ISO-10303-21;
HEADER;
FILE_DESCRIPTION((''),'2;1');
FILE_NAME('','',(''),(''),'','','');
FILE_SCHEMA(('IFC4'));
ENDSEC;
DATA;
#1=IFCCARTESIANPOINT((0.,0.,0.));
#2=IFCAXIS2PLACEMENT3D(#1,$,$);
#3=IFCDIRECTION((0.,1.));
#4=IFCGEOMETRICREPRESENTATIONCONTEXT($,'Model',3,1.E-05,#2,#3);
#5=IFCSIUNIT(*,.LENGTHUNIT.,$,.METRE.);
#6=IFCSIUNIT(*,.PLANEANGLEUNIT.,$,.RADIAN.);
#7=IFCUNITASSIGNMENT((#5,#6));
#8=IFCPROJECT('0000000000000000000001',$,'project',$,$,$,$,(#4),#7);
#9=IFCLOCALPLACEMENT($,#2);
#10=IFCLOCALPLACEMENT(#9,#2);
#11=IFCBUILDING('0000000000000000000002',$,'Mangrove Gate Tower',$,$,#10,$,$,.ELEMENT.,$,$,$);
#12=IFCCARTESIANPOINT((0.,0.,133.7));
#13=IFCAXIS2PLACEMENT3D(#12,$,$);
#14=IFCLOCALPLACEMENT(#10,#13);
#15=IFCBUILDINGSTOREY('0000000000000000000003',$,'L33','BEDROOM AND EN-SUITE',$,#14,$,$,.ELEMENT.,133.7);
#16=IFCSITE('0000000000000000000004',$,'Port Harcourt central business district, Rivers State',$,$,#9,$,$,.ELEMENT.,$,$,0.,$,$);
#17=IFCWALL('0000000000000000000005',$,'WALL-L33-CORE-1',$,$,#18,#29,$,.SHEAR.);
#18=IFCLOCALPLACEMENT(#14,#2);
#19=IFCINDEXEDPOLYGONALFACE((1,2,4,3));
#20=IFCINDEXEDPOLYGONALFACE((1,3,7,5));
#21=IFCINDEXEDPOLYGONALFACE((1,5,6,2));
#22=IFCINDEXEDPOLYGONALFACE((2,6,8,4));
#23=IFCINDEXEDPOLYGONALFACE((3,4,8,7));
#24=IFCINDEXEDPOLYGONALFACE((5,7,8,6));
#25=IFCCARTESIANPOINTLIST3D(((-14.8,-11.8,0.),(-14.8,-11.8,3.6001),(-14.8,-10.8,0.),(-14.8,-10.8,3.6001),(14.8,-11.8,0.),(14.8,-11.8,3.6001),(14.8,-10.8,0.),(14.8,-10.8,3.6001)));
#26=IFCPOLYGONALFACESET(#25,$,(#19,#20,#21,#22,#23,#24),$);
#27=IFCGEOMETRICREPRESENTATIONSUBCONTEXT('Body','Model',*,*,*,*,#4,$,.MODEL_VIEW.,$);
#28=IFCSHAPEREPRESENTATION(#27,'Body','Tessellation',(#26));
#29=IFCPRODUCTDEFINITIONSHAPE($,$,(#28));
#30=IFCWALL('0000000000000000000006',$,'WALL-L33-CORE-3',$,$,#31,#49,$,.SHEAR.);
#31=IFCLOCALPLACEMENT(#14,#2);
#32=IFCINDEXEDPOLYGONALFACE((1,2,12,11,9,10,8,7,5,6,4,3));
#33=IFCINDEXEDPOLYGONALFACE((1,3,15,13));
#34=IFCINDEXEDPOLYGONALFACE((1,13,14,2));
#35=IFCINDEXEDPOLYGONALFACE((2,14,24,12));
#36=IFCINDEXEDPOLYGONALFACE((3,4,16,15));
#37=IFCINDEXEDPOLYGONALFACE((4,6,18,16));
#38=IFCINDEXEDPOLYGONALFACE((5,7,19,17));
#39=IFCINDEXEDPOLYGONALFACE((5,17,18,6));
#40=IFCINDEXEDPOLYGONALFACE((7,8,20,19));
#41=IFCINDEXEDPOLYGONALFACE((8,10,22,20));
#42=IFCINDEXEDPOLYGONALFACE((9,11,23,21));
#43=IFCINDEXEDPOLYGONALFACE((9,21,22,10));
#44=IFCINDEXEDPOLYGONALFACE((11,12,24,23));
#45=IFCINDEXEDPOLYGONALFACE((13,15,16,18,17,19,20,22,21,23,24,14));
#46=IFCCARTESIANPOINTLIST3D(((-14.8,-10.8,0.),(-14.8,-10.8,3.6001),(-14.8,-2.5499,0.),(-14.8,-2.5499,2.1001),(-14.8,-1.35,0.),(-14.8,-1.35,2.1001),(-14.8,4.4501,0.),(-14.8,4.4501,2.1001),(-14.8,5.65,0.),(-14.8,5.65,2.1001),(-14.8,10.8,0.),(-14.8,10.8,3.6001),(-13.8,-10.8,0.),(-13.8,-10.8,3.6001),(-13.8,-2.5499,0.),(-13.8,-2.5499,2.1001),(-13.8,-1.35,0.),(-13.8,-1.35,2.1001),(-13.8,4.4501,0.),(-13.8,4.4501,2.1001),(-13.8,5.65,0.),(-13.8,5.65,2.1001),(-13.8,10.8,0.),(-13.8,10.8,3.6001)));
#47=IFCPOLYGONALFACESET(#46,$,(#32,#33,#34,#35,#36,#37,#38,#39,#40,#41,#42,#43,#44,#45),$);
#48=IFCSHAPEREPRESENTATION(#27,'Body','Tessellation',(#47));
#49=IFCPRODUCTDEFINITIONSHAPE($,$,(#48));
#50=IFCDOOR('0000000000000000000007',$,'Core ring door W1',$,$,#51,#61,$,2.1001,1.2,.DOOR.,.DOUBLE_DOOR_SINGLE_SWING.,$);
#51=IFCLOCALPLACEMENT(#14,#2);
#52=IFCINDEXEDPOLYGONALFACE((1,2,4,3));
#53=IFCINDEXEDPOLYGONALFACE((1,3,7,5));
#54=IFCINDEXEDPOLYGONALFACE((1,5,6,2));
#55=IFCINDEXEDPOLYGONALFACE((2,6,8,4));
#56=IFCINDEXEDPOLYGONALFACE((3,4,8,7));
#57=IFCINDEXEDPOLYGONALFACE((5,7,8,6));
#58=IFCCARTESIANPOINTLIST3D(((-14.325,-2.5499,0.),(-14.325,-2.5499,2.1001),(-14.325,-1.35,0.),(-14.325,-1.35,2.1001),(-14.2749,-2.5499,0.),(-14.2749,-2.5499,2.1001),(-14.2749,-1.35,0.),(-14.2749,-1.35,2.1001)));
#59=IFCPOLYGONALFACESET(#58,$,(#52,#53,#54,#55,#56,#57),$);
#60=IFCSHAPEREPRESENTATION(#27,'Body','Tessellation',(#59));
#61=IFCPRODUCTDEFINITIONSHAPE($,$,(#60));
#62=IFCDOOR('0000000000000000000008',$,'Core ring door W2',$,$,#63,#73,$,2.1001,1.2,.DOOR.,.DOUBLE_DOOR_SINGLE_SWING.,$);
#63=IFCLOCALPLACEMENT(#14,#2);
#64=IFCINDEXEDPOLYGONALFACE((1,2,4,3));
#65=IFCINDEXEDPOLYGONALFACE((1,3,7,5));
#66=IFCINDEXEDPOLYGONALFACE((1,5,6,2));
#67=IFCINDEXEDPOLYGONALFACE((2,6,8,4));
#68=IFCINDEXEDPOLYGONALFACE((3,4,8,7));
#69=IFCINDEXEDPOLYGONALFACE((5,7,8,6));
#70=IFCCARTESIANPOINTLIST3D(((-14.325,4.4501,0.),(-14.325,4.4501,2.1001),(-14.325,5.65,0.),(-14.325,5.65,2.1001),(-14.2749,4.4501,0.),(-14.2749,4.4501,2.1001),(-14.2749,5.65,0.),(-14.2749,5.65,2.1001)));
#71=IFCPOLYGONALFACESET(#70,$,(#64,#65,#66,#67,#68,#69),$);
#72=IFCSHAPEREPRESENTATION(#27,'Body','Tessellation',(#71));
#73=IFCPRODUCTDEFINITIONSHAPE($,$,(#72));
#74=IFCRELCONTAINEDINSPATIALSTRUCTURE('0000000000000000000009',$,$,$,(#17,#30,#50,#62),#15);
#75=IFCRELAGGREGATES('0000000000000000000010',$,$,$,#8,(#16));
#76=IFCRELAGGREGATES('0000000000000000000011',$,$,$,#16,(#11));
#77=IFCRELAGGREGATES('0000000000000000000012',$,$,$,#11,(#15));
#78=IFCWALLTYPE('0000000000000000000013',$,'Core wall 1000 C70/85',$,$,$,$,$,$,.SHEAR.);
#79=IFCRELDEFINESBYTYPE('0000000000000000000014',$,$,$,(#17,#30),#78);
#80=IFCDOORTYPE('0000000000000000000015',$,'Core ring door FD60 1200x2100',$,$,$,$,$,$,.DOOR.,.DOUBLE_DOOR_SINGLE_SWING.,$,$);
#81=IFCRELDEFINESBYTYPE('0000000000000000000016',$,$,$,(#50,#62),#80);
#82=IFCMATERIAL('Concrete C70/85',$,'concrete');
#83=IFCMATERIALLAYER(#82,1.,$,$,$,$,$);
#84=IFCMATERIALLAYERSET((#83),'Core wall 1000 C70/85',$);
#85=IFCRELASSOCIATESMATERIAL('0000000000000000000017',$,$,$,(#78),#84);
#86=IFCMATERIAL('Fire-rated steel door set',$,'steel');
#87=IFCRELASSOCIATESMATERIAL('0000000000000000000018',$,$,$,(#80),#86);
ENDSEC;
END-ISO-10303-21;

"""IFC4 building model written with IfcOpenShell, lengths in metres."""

from ifc_helpers import new_model, si_unit, direction, frame, frame_2d, origin, place, context, subcontext, project, spatial, rectangle, extrude, material, layer, layer_set, type_object, element, fill, save


model = new_model("IFC4")

# Units and contexts
model_context = context("Model", 3, precision=1e-05, world=origin(), true_north=direction((0.0, 1.0)))
body_context = subcontext(model_context, "Body", "Model", "MODEL_VIEW")
ifc_project = project(units=[si_unit("LENGTHUNIT", "METRE"), si_unit("PLANEANGLEUNIT", "RADIAN")], contexts=[model_context])

# Site, building, storey
site_placement = place(None, origin())
site = spatial("IfcSite", under=ifc_project, at=site_placement, Name="Port Harcourt central business district, Rivers State", CompositionType="ELEMENT", RefElevation=0.0)
building_placement = place(site_placement, origin())
building = spatial("IfcBuilding", under=site, at=building_placement, Name="Mangrove Gate Tower", CompositionType="ELEMENT")
storey_placement = place(building_placement, frame((0.0, 0.0, 133.7)))
storey = spatial("IfcBuildingStorey", under=building, at=storey_placement, Name="L33", Description="BEDROOM AND EN-SUITE", CompositionType="ELEMENT", Elevation=133.7)

# Wall
ifc_material_1 = material(Name="Concrete C70/85", Category="concrete")
ifc_layer = layer(ifc_material_1, 1.0)
ifc_layer_set = layer_set([ifc_layer], Name="Core wall 1000 C70/85")
wall_type = type_object("IfcWallType", Name="Core wall 1000 C70/85", PredefinedType="SHEAR", material=ifc_layer_set)
wall_1_placement = place(storey_placement, frame((-14.8, -11.3, 0.0), z_axis=(0.0, 0.0, 1.0), x_axis=(1.0, 0.0, 0.0)))
element("IfcWall", 1, at=wall_1_placement, inside=storey, type_object=wall_type, Name="WALL-L33-CORE-1", PredefinedType="SHEAR", context=body_context, shape_type="SweptSolid", body=[
    extrude(rectangle(XDim=29.6001, YDim=1.0, at=frame_2d((14.8, 0.0))), origin(), (0.0, 0.0, 1.0), 3.6001),
])

# Wall, openings, doors
wall_2_placement = place(storey_placement, frame((-14.3, -10.8, 0.0), z_axis=(0.0, 0.0, 1.0), x_axis=(0.0, 1.0, 0.0)))
wall_2 = element("IfcWall", 2, at=wall_2_placement, inside=storey, type_object=wall_type, Name="WALL-L33-CORE-3", PredefinedType="SHEAR", context=body_context, shape_type="SweptSolid", body=[
    extrude(rectangle(XDim=21.6001, YDim=1.0, at=frame_2d((10.8, 0.0))), origin(), (0.0, 0.0, 1.0), 3.6001),
])
opening_1_placement = place(wall_2_placement, frame((8.25, 0.0, 0.0)))
opening_1 = element("IfcOpeningElement", 3, at=opening_1_placement, cuts=wall_2, PredefinedType="OPENING", context=body_context, shape_type="SweptSolid", body=[
    extrude(rectangle(XDim=1.2, YDim=2.1001, at=frame_2d((0.6001, 1.05))), frame((0.0, 0.51, 0.0), z_axis=(0.0, -1.0, 0.0), x_axis=(1.0, 0.0, 0.0)), (0.0, 0.0, 1.0), 1.02),
])
opening_2_placement = place(wall_2_placement, frame((15.25, 0.0, 0.0)))
opening_2 = element("IfcOpeningElement", 4, at=opening_2_placement, cuts=wall_2, PredefinedType="OPENING", context=body_context, shape_type="SweptSolid", body=[
    extrude(rectangle(XDim=1.2, YDim=2.1001, at=frame_2d((0.6001, 1.05))), frame((0.0, 0.51, 0.0), z_axis=(0.0, -1.0, 0.0), x_axis=(1.0, 0.0, 0.0)), (0.0, 0.0, 1.0), 1.02),
])
ifc_material_2 = material(Name="Fire-rated steel door set", Category="steel")
door_type = type_object("IfcDoorType", Name="Core ring door FD60 1200x2100", OperationType="DOUBLE_DOOR_SINGLE_SWING", PredefinedType="DOOR", material=ifc_material_2)
door_1_placement = place(opening_1_placement, origin())
door_1 = element("IfcDoor", 5, at=door_1_placement, inside=storey, type_object=door_type, Name="Core ring door W1", OperationType="DOUBLE_DOOR_SINGLE_SWING", OverallHeight=2.1001, OverallWidth=1.2, PredefinedType="DOOR", context=body_context, shape_type="SweptSolid", body=[
    extrude(rectangle(XDim=1.2, YDim=2.1001, at=frame_2d((0.6001, 1.05))), frame((0.0, 0.0249, 0.0), z_axis=(0.0, -1.0, 0.0), x_axis=(1.0, 0.0, 0.0)), (0.0, 0.0, 1.0), 0.05),
])
fill(opening_1, door_1)
door_2_placement = place(opening_2_placement, origin())
door_2 = element("IfcDoor", 6, at=door_2_placement, inside=storey, type_object=door_type, Name="Core ring door W2", OperationType="DOUBLE_DOOR_SINGLE_SWING", OverallHeight=2.1001, OverallWidth=1.2, PredefinedType="DOOR", context=body_context, shape_type="SweptSolid", body=[
    extrude(rectangle(XDim=1.2, YDim=2.1001, at=frame_2d((0.6001, 1.05))), frame((0.0, 0.0249, 0.0), z_axis=(0.0, -1.0, 0.0), x_axis=(1.0, 0.0, 0.0)), (0.0, 0.0, 1.0), 0.05),
])
fill(opening_2, door_2)

save(model, "model.ifc")
